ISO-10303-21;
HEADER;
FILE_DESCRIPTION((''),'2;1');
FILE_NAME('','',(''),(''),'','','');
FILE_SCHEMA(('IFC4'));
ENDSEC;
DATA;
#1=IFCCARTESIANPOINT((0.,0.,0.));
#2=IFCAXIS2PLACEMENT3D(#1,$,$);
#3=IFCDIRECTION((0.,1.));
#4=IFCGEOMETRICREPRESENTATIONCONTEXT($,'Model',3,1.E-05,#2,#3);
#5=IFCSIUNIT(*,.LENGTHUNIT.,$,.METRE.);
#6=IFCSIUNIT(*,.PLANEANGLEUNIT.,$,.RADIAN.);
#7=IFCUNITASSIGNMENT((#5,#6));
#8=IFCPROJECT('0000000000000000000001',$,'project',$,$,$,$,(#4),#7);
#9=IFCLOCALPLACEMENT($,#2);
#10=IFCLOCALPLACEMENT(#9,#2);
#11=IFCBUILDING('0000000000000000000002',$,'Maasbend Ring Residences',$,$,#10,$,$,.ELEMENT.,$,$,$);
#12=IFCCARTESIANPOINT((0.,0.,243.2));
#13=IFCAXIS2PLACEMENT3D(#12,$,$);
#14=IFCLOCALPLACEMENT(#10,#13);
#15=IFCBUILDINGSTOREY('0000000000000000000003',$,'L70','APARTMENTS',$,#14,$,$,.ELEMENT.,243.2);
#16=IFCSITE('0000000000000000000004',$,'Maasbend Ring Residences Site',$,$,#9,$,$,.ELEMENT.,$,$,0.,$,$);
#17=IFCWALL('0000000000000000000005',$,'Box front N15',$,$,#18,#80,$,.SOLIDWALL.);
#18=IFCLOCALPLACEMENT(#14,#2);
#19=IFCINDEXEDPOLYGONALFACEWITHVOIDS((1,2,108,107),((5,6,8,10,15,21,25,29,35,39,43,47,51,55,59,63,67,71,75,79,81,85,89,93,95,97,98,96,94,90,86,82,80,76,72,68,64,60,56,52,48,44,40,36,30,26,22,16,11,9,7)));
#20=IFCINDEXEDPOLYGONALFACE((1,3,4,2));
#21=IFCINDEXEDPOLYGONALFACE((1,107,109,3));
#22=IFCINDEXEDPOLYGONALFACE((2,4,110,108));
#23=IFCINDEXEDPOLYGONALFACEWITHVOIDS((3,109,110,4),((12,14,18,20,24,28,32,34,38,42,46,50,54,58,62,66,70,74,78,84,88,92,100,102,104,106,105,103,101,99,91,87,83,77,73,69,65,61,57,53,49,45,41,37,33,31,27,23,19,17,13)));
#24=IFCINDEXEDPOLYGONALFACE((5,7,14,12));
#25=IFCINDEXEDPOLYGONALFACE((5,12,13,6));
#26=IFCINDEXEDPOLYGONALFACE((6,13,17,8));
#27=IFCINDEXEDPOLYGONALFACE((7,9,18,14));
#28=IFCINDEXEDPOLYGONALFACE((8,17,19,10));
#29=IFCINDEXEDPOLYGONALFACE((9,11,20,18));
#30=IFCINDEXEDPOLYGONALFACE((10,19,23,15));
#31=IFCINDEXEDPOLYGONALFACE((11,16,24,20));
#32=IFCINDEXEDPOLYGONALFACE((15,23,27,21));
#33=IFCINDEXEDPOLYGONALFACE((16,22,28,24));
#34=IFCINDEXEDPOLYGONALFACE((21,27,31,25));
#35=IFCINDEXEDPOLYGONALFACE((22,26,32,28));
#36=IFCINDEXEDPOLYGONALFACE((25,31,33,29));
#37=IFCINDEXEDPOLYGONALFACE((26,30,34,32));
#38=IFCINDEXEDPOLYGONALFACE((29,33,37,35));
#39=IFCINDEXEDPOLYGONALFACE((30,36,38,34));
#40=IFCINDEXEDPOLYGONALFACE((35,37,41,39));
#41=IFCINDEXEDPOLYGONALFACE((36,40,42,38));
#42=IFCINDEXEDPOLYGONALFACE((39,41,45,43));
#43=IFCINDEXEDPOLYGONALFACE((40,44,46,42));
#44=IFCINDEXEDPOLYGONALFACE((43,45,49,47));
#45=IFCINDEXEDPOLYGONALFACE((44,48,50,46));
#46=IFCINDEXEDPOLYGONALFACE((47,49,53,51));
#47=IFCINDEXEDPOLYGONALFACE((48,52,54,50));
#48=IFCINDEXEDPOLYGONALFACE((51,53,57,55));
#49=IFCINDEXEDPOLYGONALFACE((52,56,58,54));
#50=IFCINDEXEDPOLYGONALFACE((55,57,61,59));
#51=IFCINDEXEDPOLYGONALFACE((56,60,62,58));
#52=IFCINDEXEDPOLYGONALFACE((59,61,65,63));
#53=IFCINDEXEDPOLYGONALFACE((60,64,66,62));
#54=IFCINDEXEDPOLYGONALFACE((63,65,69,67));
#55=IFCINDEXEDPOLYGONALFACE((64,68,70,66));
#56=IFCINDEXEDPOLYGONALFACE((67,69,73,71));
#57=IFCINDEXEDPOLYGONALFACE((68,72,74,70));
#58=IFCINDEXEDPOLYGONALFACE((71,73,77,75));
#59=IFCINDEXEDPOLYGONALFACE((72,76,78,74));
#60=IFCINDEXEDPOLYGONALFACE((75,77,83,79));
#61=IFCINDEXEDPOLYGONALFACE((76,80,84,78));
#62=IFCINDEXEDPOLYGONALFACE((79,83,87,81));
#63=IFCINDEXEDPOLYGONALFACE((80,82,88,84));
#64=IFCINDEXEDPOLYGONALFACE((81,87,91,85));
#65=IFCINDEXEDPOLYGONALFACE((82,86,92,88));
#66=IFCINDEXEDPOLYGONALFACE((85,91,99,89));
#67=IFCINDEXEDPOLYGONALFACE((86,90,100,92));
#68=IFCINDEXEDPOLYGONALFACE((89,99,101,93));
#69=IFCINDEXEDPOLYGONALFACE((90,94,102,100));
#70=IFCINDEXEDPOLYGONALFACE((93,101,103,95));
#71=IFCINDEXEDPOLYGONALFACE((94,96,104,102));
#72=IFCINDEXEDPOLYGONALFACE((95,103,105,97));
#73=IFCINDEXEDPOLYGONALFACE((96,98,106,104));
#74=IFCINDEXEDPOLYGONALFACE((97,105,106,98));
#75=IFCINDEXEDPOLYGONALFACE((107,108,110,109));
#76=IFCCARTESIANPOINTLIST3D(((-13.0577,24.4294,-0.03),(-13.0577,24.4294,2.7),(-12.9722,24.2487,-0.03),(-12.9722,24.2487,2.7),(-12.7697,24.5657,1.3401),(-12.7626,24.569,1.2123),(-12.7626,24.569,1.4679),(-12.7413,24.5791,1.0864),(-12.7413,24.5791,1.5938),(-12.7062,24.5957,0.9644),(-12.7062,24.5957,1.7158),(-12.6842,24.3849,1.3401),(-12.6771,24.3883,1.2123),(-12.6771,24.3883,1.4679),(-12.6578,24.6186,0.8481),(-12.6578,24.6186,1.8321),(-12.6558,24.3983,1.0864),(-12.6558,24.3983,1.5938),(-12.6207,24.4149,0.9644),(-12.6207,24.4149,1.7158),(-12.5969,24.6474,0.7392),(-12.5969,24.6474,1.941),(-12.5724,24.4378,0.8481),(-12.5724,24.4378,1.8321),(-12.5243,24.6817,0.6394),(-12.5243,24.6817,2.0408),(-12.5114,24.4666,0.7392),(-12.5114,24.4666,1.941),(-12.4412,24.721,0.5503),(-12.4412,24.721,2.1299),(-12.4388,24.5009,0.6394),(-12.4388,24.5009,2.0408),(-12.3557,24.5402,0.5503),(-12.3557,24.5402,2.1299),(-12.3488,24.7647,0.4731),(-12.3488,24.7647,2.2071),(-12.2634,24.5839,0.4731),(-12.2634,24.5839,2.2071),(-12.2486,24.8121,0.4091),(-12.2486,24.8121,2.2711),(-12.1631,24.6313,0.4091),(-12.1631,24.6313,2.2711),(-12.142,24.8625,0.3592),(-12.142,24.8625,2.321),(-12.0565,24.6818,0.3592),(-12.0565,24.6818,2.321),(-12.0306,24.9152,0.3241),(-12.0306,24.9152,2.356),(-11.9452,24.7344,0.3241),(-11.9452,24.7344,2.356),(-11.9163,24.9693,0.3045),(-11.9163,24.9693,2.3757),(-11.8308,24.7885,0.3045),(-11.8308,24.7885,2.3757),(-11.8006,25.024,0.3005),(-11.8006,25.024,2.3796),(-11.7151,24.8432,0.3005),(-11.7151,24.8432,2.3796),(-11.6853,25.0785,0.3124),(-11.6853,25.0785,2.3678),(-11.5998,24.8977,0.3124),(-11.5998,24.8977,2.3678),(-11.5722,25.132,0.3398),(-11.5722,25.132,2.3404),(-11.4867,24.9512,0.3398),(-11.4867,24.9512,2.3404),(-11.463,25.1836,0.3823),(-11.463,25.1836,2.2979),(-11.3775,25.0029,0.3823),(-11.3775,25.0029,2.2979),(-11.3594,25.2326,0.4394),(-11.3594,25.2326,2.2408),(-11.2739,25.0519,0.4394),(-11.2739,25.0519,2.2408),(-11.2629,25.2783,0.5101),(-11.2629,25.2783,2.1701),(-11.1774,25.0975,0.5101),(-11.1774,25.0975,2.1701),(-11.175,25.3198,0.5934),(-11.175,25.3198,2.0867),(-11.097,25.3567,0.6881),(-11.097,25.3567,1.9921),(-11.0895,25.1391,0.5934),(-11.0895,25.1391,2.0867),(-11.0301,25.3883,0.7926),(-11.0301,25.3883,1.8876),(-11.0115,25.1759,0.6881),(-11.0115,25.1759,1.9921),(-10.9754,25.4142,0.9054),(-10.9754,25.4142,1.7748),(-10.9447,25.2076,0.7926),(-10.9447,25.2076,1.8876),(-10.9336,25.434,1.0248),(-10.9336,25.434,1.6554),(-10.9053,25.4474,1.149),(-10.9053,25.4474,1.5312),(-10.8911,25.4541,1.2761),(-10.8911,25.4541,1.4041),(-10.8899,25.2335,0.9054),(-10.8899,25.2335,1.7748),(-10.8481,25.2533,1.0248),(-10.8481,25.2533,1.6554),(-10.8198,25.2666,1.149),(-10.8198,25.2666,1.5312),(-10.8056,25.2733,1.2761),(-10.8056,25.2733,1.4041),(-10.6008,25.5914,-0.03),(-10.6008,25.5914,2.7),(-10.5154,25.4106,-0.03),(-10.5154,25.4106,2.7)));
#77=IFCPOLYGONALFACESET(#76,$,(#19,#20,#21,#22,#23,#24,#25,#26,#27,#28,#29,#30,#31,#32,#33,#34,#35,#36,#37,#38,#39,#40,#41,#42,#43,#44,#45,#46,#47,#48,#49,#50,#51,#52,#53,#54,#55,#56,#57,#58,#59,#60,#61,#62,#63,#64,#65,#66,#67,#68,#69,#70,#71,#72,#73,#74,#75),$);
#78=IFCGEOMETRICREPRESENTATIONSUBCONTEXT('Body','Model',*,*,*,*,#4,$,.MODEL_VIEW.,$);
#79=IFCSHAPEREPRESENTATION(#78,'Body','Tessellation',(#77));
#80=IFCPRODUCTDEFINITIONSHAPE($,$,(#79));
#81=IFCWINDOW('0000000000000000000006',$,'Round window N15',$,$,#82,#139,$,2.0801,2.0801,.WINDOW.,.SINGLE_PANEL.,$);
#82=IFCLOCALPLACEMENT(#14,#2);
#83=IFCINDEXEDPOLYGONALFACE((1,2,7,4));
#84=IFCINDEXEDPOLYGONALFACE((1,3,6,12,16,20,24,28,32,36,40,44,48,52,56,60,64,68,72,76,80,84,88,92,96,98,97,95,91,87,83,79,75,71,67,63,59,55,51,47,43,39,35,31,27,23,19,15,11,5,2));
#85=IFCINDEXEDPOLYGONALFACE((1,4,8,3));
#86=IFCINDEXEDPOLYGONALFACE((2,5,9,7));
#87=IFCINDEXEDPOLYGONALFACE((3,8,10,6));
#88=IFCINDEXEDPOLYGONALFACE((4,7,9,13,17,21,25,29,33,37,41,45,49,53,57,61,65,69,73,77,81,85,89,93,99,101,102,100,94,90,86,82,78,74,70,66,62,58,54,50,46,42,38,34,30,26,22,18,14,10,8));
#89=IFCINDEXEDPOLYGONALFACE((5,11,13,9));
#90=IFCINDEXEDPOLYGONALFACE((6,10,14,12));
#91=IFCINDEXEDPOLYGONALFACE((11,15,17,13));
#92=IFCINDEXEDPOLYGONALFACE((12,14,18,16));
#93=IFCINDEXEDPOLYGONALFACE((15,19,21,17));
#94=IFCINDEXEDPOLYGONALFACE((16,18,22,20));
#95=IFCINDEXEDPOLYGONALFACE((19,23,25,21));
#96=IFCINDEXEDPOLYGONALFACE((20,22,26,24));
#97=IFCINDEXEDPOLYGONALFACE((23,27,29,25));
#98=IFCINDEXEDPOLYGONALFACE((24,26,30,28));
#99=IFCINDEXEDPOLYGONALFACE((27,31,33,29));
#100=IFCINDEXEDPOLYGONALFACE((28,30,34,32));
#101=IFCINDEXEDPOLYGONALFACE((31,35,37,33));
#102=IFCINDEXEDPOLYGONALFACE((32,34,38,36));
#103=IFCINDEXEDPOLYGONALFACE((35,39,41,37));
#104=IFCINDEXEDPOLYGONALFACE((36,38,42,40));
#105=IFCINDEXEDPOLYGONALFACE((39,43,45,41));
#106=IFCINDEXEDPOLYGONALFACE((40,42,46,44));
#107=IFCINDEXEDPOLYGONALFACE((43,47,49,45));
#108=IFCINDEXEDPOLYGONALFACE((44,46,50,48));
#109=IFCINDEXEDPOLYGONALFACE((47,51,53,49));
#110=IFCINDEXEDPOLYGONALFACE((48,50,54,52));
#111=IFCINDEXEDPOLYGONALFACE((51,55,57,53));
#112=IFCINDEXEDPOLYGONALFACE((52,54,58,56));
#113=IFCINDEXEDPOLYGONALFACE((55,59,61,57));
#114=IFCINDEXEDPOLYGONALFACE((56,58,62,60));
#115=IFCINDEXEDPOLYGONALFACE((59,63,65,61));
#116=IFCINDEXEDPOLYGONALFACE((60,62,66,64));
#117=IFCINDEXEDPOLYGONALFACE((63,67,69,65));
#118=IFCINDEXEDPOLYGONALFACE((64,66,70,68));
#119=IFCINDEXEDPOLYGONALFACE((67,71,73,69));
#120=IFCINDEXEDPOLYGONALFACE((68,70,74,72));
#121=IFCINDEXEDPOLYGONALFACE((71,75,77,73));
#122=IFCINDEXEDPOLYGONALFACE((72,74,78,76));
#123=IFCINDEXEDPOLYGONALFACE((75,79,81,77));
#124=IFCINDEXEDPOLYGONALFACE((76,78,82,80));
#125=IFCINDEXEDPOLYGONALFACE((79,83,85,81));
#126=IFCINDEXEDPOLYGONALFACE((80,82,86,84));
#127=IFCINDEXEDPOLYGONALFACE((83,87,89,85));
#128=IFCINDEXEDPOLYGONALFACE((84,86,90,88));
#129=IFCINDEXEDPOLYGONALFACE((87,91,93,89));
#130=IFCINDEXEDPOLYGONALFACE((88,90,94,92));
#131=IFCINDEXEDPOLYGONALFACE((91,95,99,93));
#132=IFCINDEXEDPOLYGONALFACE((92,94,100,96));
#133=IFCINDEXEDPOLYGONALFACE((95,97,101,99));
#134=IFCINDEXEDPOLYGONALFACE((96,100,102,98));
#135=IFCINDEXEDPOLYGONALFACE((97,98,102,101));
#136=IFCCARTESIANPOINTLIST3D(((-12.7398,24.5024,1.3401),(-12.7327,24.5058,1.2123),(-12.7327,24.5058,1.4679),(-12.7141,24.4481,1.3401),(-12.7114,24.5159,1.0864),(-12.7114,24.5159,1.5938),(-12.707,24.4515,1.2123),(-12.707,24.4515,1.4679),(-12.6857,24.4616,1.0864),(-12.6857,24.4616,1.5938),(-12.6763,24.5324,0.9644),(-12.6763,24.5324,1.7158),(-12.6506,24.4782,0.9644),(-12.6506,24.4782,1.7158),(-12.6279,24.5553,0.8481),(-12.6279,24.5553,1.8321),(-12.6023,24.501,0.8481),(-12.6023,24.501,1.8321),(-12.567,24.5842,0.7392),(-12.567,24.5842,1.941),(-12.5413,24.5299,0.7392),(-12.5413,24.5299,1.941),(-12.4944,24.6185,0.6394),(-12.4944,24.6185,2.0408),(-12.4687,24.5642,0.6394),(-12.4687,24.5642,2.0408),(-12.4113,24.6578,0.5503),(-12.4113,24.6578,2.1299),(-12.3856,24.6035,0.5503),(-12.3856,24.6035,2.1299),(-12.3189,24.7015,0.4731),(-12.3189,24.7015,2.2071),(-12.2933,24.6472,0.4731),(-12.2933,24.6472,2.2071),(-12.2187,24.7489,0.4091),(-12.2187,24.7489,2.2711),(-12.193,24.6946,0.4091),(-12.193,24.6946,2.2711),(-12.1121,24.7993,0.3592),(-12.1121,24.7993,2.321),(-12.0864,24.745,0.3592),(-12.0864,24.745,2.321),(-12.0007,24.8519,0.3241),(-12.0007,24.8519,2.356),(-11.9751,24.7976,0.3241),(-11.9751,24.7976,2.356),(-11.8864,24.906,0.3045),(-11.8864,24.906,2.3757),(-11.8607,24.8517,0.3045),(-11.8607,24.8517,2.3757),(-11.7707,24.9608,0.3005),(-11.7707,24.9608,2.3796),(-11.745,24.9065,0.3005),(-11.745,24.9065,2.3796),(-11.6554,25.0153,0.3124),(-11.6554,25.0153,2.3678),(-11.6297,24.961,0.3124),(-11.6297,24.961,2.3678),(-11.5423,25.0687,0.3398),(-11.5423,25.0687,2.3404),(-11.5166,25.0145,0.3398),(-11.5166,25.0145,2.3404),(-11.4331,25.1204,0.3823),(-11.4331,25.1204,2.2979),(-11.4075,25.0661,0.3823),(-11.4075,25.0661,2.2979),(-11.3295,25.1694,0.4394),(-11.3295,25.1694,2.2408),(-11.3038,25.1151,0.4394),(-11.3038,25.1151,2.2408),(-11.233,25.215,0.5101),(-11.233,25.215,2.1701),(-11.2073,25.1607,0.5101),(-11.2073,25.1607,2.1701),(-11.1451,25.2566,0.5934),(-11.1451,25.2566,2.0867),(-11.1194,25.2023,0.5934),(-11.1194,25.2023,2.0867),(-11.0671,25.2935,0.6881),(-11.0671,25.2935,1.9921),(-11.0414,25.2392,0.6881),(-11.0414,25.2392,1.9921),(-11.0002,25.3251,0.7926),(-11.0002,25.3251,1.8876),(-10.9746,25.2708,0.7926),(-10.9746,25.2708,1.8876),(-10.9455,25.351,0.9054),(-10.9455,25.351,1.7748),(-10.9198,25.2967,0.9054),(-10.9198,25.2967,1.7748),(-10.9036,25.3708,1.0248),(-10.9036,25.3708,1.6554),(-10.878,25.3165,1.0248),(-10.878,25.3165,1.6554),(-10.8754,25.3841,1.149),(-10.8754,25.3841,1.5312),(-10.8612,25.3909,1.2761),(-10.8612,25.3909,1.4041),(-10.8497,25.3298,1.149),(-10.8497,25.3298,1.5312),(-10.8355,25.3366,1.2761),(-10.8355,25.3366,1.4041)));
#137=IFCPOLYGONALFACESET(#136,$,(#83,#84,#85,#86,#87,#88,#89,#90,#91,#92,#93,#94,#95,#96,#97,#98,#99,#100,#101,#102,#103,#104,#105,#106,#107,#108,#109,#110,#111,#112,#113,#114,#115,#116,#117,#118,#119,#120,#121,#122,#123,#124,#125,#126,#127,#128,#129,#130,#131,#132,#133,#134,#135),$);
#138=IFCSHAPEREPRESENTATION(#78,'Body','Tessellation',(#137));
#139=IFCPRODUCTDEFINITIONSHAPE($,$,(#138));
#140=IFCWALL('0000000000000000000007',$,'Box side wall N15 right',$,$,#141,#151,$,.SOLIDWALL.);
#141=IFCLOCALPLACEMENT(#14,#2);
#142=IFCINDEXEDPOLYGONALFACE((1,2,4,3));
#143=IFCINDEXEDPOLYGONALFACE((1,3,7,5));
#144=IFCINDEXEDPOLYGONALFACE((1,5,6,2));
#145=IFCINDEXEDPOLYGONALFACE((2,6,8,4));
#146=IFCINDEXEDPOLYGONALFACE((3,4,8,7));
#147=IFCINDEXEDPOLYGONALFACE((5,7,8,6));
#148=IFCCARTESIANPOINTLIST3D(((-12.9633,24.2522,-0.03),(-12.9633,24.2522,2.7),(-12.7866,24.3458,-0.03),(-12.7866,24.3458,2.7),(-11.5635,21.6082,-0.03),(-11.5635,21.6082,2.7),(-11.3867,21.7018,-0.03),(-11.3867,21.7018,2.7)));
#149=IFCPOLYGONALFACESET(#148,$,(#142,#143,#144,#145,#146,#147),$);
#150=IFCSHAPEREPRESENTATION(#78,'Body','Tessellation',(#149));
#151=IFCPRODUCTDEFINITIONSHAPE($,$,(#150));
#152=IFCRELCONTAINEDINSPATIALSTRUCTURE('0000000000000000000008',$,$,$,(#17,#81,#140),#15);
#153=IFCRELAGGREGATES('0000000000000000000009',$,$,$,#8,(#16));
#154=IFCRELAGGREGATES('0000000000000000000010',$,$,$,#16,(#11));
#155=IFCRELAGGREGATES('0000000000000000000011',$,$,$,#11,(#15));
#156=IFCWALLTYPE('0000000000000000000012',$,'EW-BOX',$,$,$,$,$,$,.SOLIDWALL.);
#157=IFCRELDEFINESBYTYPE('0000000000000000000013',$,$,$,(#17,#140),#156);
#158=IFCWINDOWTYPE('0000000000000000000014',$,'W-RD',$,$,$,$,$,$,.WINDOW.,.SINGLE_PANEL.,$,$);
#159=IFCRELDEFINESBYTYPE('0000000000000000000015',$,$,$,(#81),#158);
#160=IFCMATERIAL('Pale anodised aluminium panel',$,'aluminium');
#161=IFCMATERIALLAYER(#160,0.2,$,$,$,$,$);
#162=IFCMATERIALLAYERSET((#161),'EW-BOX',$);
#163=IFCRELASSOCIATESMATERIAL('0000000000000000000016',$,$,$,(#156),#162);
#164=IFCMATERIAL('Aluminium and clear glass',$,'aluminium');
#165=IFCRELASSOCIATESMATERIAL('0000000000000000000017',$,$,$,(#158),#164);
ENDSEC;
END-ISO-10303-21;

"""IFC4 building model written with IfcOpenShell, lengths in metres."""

from ifc_helpers import new_model, si_unit, direction, frame, frame_2d, origin, place, context, subcontext, project, spatial, rectangle, circle, extrude, material, layer, layer_set, type_object, element, fill, save


model = new_model("IFC4")

# Units and contexts
model_context = context("Model", 3, precision=1e-05, world=origin(), true_north=direction((0.0, 1.0)))
body_context = subcontext(model_context, "Body", "Model", "MODEL_VIEW")
ifc_project = project(units=[si_unit("LENGTHUNIT", "METRE"), si_unit("PLANEANGLEUNIT", "RADIAN")], contexts=[model_context])

# Site, building, storey
site_placement = place(None, origin())
site = spatial("IfcSite", under=ifc_project, at=site_placement, Name="Maasbend Ring Residences Site", CompositionType="ELEMENT", RefElevation=0.0)
building_placement = place(site_placement, origin())
building = spatial("IfcBuilding", under=site, at=building_placement, Name="Maasbend Ring Residences", CompositionType="ELEMENT")
storey_placement = place(building_placement, frame((0.0, 0.0, 243.2)))
storey = spatial("IfcBuildingStorey", under=building, at=storey_placement, Name="L70", Description="APARTMENTS", CompositionType="ELEMENT", Elevation=243.2)

# Wall, opening, window
ifc_material_1 = material(Name="Pale anodised aluminium panel", Category="aluminium")
ifc_layer_1 = layer(ifc_material_1, 0.2)
ifc_layer_set_1 = layer_set([ifc_layer_1], Name="EW-BOX")
wall_type_1 = type_object("IfcWallType", Name="EW-BOX", PredefinedType="SOLIDWALL", material=ifc_layer_set_1)
wall_1_placement = place(storey_placement, frame((-10.5581, 25.501, -0.03), z_axis=(0.0, 0.0, 1.0), x_axis=(-0.904005, -0.427522, 0.0)))
wall_1 = element("IfcWall", 1, at=wall_1_placement, inside=storey, type_object=wall_type_1, Name="Box front N15", PredefinedType="SOLIDWALL", context=body_context, shape_type="SweptSolid", body=[
    extrude(rectangle(XDim=2.7178, YDim=0.2, at=frame_2d((1.3589, 0.0))), origin(), (0.0, 0.0, 1.0), 2.73),
])
opening_1_placement = place(wall_1_placement, frame((0.3191, 0.0, 0.3301)))
opening_1 = element("IfcOpeningElement", 2, at=opening_1_placement, cuts=wall_1, PredefinedType="OPENING", context=body_context, shape_type="SweptSolid", body=[
    extrude(circle(Radius=1.04, at=frame_2d((1.04, 1.04))), frame((0.0, 0.1099, 0.0), z_axis=(0.0, -1.0, 0.0), x_axis=(1.0, 0.0, 0.0)), (0.0, 0.0, 1.0), 0.22),
])
ifc_material_2 = material(Name="Aluminium and clear glass", Category="aluminium")
window_type_1 = type_object("IfcWindowType", Name="W-RD", PartitioningType="SINGLE_PANEL", PredefinedType="WINDOW", material=ifc_material_2)
window_1_placement = place(opening_1_placement, origin())
window_1 = element("IfcWindow", 3, at=window_1_placement, inside=storey, type_object=window_type_1, Name="Round window N15", OverallHeight=2.0801, OverallWidth=2.0801, PartitioningType="SINGLE_PANEL", PredefinedType="WINDOW", context=body_context, shape_type="SweptSolid", body=[
    extrude(circle(Radius=1.04, at=frame_2d((1.04, 1.04))), frame((0.0, 0.03, 0.0), z_axis=(0.0, -1.0, 0.0), x_axis=(1.0, 0.0, 0.0)), (0.0, 0.0, 1.0), 0.0601),
])
fill(opening_1, window_1)

# Wall
wall_2_placement = place(storey_placement, frame((-11.4751, 21.655, -0.03), z_axis=(0.0, 0.0, 1.0), x_axis=(-0.467918, 0.883772, 0.0)))
element("IfcWall", 4, at=wall_2_placement, inside=storey, type_object=wall_type_1, Name="Box side wall N15 right", PredefinedType="SOLIDWALL", context=body_context, shape_type="SweptSolid", body=[
    extrude(rectangle(XDim=2.9917, YDim=0.2, at=frame_2d((1.4958, 0.0))), origin(), (0.0, 0.0, 1.0), 2.73),
])

save(model, "model.ifc")
